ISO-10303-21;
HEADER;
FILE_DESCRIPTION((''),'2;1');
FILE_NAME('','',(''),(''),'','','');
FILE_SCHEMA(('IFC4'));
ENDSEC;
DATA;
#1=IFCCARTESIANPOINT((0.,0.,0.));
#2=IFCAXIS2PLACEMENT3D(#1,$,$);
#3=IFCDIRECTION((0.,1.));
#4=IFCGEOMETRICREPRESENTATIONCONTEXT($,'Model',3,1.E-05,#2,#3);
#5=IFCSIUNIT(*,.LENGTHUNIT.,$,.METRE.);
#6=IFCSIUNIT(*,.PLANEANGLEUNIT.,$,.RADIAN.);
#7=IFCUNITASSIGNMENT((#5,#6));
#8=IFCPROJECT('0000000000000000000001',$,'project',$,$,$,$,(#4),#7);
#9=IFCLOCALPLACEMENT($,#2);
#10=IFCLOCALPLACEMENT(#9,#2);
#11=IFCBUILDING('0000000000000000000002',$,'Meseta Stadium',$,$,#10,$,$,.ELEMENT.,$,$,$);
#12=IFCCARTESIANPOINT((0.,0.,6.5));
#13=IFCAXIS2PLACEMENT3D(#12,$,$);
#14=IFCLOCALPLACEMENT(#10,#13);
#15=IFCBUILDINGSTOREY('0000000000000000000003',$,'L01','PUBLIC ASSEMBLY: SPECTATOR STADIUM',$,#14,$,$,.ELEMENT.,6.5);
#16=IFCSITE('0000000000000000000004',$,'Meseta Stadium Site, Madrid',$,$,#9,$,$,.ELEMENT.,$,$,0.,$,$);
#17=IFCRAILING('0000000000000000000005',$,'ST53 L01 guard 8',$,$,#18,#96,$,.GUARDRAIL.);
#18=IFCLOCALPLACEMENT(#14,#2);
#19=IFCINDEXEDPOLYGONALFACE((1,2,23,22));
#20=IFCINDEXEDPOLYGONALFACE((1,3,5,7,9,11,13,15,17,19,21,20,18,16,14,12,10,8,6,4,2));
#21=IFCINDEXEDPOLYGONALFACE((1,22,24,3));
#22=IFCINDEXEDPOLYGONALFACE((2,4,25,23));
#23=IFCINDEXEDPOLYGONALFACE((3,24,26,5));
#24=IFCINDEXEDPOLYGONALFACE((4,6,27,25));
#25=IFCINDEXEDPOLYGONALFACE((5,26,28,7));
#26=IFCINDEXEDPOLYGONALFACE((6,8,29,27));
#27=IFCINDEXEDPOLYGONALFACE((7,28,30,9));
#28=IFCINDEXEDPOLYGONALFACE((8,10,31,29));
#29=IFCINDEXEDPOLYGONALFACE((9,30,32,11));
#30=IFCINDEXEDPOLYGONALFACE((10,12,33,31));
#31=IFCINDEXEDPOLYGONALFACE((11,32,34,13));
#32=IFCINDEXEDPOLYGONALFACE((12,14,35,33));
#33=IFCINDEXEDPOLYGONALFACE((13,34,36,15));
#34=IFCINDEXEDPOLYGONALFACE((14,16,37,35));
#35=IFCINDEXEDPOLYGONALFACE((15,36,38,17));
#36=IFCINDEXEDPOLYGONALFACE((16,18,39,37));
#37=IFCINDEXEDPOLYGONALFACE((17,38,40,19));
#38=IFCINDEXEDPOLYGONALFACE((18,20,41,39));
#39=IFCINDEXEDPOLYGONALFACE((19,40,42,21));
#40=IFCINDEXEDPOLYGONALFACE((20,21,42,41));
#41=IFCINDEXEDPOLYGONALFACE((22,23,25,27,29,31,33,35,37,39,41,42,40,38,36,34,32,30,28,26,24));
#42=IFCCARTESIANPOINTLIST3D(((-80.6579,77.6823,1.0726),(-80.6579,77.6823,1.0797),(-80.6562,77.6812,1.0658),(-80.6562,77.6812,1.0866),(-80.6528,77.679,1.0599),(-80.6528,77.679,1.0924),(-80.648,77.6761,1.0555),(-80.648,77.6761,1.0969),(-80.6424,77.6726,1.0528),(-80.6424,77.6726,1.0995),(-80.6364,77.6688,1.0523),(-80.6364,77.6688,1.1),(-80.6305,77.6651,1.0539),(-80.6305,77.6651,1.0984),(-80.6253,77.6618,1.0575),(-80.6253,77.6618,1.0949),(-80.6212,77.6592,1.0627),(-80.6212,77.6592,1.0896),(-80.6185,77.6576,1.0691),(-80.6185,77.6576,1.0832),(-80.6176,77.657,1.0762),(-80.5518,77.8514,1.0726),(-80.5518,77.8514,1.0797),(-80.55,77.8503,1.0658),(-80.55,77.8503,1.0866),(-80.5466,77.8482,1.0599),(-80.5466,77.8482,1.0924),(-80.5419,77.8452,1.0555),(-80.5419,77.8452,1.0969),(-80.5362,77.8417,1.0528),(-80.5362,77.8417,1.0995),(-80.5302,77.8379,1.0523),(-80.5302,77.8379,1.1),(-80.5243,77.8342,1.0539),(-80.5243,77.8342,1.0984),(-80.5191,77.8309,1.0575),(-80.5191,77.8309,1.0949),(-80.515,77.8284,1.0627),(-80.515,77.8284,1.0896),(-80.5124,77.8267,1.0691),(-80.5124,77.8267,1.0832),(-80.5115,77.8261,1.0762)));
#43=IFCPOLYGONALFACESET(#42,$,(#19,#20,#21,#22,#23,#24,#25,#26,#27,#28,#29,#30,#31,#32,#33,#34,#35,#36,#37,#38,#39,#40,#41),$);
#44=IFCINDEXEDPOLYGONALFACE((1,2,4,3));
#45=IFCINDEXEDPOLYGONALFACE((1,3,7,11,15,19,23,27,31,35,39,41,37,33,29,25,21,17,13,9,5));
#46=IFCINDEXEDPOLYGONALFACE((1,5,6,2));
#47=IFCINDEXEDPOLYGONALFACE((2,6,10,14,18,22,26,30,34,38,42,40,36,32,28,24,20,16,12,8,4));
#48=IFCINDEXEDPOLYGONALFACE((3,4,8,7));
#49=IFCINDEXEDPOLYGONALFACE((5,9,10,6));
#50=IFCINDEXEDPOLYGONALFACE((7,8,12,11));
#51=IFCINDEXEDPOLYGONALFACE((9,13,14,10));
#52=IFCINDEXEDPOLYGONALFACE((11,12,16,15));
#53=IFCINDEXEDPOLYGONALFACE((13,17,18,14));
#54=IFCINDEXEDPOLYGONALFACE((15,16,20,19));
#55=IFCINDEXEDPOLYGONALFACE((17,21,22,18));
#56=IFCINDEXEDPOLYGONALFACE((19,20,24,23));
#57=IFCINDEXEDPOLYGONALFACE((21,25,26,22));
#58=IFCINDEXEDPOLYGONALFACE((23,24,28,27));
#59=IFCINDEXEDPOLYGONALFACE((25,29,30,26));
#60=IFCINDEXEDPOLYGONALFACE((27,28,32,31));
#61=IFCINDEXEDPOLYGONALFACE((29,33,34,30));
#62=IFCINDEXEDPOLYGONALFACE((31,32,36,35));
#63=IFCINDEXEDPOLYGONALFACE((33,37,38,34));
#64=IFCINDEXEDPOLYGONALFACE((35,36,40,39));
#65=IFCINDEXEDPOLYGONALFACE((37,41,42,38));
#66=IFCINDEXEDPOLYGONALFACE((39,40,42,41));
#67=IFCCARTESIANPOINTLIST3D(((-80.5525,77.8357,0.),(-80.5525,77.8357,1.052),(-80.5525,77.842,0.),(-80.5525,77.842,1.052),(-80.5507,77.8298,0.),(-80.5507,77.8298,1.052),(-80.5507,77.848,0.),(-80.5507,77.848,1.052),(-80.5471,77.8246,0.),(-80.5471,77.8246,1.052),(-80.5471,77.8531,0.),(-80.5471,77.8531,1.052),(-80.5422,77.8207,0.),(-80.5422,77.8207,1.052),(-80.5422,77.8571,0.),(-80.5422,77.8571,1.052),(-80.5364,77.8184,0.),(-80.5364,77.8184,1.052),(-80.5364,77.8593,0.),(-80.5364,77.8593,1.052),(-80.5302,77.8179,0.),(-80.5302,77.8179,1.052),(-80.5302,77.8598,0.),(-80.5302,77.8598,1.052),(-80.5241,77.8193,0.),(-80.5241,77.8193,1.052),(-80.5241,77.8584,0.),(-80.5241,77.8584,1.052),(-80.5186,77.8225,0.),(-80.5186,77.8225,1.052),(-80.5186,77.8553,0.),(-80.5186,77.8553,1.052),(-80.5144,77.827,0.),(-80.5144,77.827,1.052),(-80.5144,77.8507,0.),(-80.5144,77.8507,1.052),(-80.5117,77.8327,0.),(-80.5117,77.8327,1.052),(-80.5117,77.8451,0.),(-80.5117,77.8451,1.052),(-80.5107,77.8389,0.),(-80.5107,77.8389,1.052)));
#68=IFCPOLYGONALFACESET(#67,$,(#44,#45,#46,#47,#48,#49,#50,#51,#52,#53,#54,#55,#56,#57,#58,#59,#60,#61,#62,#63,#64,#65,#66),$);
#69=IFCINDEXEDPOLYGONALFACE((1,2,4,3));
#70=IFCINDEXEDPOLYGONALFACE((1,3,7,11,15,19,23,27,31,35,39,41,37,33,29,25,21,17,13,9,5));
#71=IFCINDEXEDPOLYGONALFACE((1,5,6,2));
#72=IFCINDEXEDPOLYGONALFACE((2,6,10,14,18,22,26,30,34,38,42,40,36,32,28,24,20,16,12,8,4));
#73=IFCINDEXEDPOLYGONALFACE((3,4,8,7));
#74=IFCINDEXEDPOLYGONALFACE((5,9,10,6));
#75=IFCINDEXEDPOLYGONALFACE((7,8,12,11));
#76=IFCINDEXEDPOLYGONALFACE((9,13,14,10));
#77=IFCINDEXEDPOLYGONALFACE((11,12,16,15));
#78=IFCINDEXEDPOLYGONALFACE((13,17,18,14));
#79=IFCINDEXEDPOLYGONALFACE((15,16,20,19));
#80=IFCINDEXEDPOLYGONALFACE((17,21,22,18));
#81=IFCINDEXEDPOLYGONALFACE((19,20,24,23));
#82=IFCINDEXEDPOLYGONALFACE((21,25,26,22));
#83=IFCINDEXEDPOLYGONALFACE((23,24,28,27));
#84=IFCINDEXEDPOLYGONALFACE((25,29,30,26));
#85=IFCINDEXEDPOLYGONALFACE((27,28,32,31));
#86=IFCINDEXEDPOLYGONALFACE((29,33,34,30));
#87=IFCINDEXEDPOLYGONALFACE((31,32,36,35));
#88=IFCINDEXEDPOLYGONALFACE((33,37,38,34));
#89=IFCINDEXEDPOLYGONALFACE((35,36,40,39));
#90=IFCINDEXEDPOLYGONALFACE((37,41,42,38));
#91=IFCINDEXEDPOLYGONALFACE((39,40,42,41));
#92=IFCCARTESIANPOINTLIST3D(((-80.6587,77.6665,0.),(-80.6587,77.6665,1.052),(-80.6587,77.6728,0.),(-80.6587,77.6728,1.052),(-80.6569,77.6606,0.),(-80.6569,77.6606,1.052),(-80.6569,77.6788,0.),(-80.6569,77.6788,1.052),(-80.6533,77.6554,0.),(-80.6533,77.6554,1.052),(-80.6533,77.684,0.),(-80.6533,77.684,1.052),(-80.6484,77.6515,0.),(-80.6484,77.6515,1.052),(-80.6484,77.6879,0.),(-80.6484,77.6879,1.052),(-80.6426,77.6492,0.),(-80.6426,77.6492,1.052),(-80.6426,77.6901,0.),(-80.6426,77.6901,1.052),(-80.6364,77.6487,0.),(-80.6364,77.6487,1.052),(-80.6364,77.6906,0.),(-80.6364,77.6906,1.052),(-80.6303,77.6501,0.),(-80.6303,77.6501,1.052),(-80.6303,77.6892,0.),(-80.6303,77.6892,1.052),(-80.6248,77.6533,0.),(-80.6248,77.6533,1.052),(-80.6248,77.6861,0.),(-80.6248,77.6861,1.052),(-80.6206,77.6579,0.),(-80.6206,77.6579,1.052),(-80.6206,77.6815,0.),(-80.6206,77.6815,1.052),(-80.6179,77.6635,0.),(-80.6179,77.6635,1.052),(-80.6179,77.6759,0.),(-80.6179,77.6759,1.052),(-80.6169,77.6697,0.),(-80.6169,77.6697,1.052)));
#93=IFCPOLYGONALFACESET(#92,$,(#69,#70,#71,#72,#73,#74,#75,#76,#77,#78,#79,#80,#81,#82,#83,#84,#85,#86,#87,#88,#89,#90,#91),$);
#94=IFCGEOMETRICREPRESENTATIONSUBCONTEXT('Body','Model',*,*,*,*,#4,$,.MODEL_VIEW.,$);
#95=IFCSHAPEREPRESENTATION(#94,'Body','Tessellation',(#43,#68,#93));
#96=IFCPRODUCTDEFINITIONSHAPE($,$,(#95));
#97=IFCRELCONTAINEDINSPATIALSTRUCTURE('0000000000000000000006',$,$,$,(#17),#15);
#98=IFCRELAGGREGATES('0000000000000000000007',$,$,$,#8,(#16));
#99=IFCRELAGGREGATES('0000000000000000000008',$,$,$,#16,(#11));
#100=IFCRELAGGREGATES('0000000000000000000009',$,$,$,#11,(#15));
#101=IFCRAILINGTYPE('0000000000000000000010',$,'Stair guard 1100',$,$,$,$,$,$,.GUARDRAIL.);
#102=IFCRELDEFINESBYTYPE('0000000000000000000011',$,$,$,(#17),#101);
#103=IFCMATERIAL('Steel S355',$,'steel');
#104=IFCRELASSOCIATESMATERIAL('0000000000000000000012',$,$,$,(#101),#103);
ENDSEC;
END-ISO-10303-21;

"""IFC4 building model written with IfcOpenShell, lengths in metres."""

from ifc_helpers import new_model, si_unit, direction, frame, origin, origin_2d, place, context, subcontext, project, spatial, circle, extrude, material, type_object, element, save


model = new_model("IFC4")

# Units and contexts
model_context = context("Model", 3, precision=1e-05, world=origin(), true_north=direction((0.0, 1.0)))
body_context = subcontext(model_context, "Body", "Model", "MODEL_VIEW")
ifc_project = project(units=[si_unit("LENGTHUNIT", "METRE"), si_unit("PLANEANGLEUNIT", "RADIAN")], contexts=[model_context])

# Site, building, storey
site_placement = place(None, origin())
site = spatial("IfcSite", under=ifc_project, at=site_placement, Name="Meseta Stadium Site, Madrid", CompositionType="ELEMENT", RefElevation=0.0)
building_placement = place(site_placement, origin())
building = spatial("IfcBuilding", under=site, at=building_placement, Name="Meseta Stadium", CompositionType="ELEMENT")
storey_placement = place(building_placement, frame((0.0, 0.0, 6.5)))
storey = spatial("IfcBuildingStorey", under=building, at=storey_placement, Name="L01", Description="PUBLIC ASSEMBLY: SPECTATOR STADIUM", CompositionType="ELEMENT", Elevation=6.5)

# Railing
ifc_material_1 = material(Name="Steel S355", Category="steel")
railing_type_1 = type_object("IfcRailingType", Name="Stair guard 1100", PredefinedType="GUARDRAIL", material=ifc_material_1)
railing_1_placement = place(storey_placement, frame((-80.5317, 77.8389, 0.0)))
element("IfcRailing", 1, at=railing_1_placement, inside=storey, type_object=railing_type_1, Name="ST53 L01 guard 8", PredefinedType="GUARDRAIL", context=body_context, shape_type="SweptSolid", body=[
    extrude(circle(Radius=0.0239, at=origin_2d()), frame((0.0, 0.0, 1.0762), z_axis=(-0.531646, -0.846967, 0.0), x_axis=(0.846967, -0.531646, 0.0)), (0.0, 0.0, 1.0), 0.1997),
    extrude(circle(Radius=0.021, at=origin_2d()), origin(), (0.0, 0.0, 1.0), 1.052),
    extrude(circle(Radius=0.021, at=origin_2d()), frame((-0.1062, -0.1692, 0.0)), (0.0, 0.0, 1.0), 1.052),
])

save(model, "model.ifc")
